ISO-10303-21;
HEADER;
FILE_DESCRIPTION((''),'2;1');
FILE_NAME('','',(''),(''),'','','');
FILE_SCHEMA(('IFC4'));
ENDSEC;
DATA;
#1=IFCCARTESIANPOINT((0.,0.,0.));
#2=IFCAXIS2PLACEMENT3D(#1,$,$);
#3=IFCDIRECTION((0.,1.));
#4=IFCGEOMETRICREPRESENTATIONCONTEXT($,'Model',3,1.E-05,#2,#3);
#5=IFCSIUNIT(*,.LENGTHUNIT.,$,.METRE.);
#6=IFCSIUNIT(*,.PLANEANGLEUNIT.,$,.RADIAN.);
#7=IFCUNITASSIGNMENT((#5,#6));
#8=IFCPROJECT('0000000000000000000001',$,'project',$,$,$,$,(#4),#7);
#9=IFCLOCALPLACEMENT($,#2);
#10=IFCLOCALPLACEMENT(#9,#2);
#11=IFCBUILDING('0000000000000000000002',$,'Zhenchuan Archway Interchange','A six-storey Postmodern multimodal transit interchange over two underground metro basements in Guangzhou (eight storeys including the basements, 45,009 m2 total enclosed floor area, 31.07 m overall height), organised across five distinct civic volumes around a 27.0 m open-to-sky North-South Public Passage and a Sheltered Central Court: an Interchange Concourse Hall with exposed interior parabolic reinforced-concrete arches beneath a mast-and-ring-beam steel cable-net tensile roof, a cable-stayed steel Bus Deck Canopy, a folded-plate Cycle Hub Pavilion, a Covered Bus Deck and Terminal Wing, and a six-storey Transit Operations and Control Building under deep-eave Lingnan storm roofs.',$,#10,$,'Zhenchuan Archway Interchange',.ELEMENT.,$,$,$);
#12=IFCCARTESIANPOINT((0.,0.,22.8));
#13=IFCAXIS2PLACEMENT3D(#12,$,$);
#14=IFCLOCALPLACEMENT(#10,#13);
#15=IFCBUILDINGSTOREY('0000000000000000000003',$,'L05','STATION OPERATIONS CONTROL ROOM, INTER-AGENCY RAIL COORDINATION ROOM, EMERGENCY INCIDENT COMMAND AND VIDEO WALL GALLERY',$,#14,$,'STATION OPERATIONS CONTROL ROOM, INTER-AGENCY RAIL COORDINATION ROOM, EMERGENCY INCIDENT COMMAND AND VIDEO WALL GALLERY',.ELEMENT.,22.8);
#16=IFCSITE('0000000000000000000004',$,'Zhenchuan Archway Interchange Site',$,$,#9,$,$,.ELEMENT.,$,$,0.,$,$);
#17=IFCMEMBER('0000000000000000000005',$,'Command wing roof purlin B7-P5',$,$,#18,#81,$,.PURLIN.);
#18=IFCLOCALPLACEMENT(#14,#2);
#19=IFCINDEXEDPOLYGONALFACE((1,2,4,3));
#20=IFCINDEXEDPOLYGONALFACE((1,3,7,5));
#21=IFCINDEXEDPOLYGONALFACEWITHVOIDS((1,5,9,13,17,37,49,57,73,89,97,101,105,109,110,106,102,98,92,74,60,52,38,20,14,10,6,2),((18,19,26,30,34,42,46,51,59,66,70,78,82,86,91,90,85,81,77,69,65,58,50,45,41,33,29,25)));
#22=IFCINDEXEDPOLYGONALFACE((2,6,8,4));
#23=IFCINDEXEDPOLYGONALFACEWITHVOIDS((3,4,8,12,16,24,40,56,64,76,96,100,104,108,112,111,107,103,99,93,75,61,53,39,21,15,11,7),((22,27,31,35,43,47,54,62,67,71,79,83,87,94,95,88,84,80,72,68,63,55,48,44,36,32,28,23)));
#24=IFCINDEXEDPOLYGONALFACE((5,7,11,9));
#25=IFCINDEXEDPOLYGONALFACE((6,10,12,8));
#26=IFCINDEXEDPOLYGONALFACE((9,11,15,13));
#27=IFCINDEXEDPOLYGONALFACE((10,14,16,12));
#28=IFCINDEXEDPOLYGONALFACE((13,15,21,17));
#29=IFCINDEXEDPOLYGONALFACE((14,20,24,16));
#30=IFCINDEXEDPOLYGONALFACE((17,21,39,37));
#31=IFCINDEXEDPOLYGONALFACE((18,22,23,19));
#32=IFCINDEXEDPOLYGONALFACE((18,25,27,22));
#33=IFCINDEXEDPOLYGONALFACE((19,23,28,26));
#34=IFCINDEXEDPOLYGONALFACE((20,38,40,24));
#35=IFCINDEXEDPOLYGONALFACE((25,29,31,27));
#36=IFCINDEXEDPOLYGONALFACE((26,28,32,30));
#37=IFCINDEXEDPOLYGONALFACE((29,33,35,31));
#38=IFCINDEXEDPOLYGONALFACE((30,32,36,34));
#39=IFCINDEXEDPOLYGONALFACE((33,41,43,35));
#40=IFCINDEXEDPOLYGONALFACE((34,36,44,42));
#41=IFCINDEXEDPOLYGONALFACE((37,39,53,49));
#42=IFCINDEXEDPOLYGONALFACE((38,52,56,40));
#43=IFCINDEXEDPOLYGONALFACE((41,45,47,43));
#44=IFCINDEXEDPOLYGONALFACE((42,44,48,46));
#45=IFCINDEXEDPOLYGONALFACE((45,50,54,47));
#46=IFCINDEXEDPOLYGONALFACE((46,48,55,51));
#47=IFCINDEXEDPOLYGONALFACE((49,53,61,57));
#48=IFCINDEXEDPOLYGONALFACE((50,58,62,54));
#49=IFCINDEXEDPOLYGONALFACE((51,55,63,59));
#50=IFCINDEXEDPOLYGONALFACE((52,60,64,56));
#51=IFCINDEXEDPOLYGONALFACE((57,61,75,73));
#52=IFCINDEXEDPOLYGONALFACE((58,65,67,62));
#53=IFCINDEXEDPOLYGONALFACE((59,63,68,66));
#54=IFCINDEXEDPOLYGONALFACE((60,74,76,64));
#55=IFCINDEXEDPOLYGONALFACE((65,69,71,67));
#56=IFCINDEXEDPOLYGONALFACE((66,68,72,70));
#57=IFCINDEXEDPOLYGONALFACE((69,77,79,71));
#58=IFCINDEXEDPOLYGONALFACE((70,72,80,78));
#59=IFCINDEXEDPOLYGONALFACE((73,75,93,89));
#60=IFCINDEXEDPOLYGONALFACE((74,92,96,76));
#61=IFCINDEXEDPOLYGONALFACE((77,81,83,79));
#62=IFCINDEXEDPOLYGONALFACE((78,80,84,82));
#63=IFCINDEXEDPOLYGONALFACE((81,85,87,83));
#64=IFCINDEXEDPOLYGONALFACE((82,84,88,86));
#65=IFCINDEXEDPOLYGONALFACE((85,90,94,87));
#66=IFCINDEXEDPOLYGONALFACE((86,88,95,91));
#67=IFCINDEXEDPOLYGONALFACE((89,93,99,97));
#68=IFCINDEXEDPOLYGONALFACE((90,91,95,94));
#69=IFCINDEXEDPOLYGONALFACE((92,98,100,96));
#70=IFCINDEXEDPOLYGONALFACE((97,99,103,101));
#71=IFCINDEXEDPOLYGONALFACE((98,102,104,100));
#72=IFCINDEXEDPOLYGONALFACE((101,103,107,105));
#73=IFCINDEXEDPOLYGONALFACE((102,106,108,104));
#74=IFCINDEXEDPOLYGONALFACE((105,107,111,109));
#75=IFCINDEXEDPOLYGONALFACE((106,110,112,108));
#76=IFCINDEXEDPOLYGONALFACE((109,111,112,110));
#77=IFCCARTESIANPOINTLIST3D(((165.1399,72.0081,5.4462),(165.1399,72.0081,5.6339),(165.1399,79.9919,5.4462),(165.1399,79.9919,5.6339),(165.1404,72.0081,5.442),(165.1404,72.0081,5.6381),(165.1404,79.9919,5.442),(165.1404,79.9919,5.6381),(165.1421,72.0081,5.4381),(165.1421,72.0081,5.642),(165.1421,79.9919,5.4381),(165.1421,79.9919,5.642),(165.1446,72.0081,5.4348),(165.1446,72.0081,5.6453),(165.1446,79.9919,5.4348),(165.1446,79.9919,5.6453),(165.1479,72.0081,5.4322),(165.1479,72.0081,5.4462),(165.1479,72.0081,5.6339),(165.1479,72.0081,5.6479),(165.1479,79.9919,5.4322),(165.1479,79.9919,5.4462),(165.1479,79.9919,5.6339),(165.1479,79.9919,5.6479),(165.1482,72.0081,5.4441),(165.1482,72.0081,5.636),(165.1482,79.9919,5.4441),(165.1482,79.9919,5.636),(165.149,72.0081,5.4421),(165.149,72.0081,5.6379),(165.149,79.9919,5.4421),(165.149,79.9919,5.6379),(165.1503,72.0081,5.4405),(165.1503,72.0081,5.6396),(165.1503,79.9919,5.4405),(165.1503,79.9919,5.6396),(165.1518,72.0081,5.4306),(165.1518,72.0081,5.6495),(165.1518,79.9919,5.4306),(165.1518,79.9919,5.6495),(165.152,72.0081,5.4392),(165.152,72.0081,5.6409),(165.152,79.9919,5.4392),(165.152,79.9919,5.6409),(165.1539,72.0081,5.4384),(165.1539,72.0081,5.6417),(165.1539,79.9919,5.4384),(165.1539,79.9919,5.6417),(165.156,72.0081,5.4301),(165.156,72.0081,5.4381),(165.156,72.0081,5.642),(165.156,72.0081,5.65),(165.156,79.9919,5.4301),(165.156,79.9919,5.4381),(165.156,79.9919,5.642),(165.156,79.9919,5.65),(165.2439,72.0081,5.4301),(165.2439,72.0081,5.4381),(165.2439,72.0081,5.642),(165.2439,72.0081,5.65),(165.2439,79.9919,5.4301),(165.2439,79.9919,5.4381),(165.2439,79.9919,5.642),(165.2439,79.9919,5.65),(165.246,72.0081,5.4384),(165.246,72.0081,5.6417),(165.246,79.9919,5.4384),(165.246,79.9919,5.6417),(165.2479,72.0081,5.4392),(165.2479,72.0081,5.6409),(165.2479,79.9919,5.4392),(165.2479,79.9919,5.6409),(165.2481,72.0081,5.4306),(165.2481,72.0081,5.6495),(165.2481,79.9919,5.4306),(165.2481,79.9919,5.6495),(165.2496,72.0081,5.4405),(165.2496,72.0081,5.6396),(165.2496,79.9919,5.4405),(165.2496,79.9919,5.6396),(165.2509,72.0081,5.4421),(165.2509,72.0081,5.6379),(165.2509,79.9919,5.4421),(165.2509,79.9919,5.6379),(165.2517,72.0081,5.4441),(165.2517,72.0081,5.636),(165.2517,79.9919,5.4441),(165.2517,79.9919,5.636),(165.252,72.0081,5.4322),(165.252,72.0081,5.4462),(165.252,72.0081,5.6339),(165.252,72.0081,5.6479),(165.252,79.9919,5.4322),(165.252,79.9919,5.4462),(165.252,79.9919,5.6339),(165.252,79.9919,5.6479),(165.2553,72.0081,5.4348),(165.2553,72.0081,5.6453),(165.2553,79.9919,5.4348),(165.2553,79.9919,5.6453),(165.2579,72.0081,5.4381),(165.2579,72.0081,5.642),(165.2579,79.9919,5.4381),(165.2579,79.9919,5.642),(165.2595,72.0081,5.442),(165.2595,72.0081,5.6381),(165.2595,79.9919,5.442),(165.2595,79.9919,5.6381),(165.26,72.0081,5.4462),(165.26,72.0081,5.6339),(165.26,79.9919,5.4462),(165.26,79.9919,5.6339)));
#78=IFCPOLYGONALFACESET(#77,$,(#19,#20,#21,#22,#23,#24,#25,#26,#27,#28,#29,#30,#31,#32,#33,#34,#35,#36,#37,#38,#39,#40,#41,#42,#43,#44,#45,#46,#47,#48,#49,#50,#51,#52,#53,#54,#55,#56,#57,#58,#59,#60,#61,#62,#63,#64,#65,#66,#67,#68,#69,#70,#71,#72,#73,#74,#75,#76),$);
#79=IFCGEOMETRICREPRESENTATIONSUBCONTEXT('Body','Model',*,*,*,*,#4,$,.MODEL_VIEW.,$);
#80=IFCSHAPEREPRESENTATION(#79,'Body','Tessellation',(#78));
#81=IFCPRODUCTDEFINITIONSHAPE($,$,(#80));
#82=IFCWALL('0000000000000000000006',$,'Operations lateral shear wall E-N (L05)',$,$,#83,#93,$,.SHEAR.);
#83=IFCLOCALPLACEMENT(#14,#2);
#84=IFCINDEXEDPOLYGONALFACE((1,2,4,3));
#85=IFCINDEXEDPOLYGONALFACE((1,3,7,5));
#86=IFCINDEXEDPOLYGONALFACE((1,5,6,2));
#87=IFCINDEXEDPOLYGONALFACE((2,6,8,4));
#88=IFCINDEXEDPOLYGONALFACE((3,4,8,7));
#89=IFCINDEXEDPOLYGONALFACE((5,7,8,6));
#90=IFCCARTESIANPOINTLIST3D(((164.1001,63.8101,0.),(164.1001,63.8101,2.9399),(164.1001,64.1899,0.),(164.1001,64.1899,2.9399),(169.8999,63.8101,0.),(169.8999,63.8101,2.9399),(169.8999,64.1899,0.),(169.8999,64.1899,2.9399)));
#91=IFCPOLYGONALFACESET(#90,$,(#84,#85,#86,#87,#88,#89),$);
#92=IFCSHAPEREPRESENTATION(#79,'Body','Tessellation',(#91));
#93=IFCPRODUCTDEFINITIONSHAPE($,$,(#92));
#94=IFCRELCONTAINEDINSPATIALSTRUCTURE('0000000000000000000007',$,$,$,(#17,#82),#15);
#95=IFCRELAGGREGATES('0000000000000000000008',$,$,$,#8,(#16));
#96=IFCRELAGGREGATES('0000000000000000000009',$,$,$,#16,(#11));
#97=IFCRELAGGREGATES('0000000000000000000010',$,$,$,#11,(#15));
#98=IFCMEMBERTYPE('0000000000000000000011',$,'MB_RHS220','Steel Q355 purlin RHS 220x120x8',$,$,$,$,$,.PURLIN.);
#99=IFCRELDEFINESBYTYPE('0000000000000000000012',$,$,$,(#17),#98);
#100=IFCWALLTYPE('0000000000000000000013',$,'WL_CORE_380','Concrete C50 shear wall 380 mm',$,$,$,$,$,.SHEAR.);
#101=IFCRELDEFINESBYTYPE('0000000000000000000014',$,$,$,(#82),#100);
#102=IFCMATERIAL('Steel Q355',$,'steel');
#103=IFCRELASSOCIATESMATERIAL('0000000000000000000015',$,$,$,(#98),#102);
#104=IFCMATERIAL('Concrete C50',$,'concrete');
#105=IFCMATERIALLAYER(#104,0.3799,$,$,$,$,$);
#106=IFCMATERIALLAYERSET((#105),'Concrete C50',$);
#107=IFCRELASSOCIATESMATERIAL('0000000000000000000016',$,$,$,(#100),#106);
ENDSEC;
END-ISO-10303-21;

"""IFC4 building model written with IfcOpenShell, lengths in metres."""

from ifc_helpers import new_model, si_unit, direction, frame, frame_2d, origin, origin_2d, place, context, subcontext, project, spatial, rectangle, hollow_rectangle, extrude, material, layer, layer_set, material_profile, profile_set, type_object, element, save


model = new_model("IFC4")

# Units and contexts
model_context = context("Model", 3, precision=1e-05, world=origin(), true_north=direction((0.0, 1.0)))
body_context = subcontext(model_context, "Body", "Model", "MODEL_VIEW")
ifc_project = project(units=[si_unit("LENGTHUNIT", "METRE"), si_unit("PLANEANGLEUNIT", "RADIAN")], contexts=[model_context])

# Site, building, storey
site_placement = place(None, origin())
site = spatial("IfcSite", under=ifc_project, at=site_placement, Name="Zhenchuan Archway Interchange Site", CompositionType="ELEMENT", RefElevation=0.0)
building_placement = place(site_placement, origin())
building = spatial("IfcBuilding", under=site, at=building_placement, Name="Zhenchuan Archway Interchange", Description="A six-storey Postmodern multimodal transit interchange over two underground metro basements in Guangzhou (eight storeys including the basements, 45,009 m2 total enclosed floor area, 31.07 m overall height), organised across five distinct civic volumes around a 27.0 m open-to-sky North-South Public Passage and a Sheltered Central Court: an Interchange Concourse Hall with exposed interior parabolic reinforced-concrete arches beneath a mast-and-ring-beam steel cable-net tensile roof, a cable-stayed steel Bus Deck Canopy, a folded-plate Cycle Hub Pavilion, a Covered Bus Deck and Terminal Wing, and a six-storey Transit Operations and Control Building under deep-eave Lingnan storm roofs.", LongName="Zhenchuan Archway Interchange", CompositionType="ELEMENT")
storey_placement = place(building_placement, frame((0.0, 0.0, 22.8)))
storey = spatial("IfcBuildingStorey", under=building, at=storey_placement, Name="L05", Description="STATION OPERATIONS CONTROL ROOM, INTER-AGENCY RAIL COORDINATION ROOM, EMERGENCY INCIDENT COMMAND AND VIDEO WALL GALLERY", LongName="STATION OPERATIONS CONTROL ROOM, INTER-AGENCY RAIL COORDINATION ROOM, EMERGENCY INCIDENT COMMAND AND VIDEO WALL GALLERY", CompositionType="ELEMENT", Elevation=22.8)

# Shared definitions
ifc_material_1 = material(Name="Steel Q355", Category="steel")

# Member
ifc_material_profile_1 = material_profile(ifc_material_1, hollow_rectangle(XDim=0.1201, YDim=0.22, WallThickness=0.0081, InnerFilletRadius=0.0081, OuterFilletRadius=0.0161, at=origin_2d()), Name="RHS 220x120x8")
ifc_profile_set_1 = profile_set([ifc_material_profile_1], Name="Steel Q355")
member_type_1 = type_object("IfcMemberType", Name="MB_RHS220", Description="Steel Q355 purlin RHS 220x120x8", PredefinedType="PURLIN", material=ifc_profile_set_1)
for number, where, z_axis, x_axis, name in (
    (1, (165.2, 72.0081, 5.54), (0.0, 1.0, 0.0), (-1.0, 0.0, 0.0), "Command wing roof purlin B7-P5"),
):
    element("IfcMember", number, at=place(storey_placement, frame(where, z_axis=z_axis, x_axis=x_axis)), inside=storey, type_object=member_type_1, Name=name, PredefinedType="PURLIN", context=body_context, shape_type="SweptSolid", body=[
        extrude(hollow_rectangle(XDim=0.1201, YDim=0.22, WallThickness=0.0081, InnerFilletRadius=0.0081, OuterFilletRadius=0.0161, at=origin_2d()), origin(), (0.0, 0.0, 1.0), 7.9839),
    ])

# Wall
ifc_material_2 = material(Name="Concrete C50", Category="concrete")
ifc_layer = layer(ifc_material_2, 0.3799)
ifc_layer_set = layer_set([ifc_layer], Name="Concrete C50")
wall_type = type_object("IfcWallType", Name="WL_CORE_380", Description="Concrete C50 shear wall 380 mm", PredefinedType="SHEAR", material=ifc_layer_set)
wall_placement = place(storey_placement, frame((164.1001, 64.0, 0.0), z_axis=(0.0, 0.0, 1.0), x_axis=(1.0, 0.0, 0.0)))
element("IfcWall", 2, at=wall_placement, inside=storey, type_object=wall_type, Name="Operations lateral shear wall E-N (L05)", PredefinedType="SHEAR", context=body_context, shape_type="SweptSolid", body=[
    extrude(rectangle(XDim=5.7998, YDim=0.3799, at=frame_2d((2.8999, 0.0))), origin(), (0.0, 0.0, 1.0), 2.9399),
])

save(model, "model.ifc")
